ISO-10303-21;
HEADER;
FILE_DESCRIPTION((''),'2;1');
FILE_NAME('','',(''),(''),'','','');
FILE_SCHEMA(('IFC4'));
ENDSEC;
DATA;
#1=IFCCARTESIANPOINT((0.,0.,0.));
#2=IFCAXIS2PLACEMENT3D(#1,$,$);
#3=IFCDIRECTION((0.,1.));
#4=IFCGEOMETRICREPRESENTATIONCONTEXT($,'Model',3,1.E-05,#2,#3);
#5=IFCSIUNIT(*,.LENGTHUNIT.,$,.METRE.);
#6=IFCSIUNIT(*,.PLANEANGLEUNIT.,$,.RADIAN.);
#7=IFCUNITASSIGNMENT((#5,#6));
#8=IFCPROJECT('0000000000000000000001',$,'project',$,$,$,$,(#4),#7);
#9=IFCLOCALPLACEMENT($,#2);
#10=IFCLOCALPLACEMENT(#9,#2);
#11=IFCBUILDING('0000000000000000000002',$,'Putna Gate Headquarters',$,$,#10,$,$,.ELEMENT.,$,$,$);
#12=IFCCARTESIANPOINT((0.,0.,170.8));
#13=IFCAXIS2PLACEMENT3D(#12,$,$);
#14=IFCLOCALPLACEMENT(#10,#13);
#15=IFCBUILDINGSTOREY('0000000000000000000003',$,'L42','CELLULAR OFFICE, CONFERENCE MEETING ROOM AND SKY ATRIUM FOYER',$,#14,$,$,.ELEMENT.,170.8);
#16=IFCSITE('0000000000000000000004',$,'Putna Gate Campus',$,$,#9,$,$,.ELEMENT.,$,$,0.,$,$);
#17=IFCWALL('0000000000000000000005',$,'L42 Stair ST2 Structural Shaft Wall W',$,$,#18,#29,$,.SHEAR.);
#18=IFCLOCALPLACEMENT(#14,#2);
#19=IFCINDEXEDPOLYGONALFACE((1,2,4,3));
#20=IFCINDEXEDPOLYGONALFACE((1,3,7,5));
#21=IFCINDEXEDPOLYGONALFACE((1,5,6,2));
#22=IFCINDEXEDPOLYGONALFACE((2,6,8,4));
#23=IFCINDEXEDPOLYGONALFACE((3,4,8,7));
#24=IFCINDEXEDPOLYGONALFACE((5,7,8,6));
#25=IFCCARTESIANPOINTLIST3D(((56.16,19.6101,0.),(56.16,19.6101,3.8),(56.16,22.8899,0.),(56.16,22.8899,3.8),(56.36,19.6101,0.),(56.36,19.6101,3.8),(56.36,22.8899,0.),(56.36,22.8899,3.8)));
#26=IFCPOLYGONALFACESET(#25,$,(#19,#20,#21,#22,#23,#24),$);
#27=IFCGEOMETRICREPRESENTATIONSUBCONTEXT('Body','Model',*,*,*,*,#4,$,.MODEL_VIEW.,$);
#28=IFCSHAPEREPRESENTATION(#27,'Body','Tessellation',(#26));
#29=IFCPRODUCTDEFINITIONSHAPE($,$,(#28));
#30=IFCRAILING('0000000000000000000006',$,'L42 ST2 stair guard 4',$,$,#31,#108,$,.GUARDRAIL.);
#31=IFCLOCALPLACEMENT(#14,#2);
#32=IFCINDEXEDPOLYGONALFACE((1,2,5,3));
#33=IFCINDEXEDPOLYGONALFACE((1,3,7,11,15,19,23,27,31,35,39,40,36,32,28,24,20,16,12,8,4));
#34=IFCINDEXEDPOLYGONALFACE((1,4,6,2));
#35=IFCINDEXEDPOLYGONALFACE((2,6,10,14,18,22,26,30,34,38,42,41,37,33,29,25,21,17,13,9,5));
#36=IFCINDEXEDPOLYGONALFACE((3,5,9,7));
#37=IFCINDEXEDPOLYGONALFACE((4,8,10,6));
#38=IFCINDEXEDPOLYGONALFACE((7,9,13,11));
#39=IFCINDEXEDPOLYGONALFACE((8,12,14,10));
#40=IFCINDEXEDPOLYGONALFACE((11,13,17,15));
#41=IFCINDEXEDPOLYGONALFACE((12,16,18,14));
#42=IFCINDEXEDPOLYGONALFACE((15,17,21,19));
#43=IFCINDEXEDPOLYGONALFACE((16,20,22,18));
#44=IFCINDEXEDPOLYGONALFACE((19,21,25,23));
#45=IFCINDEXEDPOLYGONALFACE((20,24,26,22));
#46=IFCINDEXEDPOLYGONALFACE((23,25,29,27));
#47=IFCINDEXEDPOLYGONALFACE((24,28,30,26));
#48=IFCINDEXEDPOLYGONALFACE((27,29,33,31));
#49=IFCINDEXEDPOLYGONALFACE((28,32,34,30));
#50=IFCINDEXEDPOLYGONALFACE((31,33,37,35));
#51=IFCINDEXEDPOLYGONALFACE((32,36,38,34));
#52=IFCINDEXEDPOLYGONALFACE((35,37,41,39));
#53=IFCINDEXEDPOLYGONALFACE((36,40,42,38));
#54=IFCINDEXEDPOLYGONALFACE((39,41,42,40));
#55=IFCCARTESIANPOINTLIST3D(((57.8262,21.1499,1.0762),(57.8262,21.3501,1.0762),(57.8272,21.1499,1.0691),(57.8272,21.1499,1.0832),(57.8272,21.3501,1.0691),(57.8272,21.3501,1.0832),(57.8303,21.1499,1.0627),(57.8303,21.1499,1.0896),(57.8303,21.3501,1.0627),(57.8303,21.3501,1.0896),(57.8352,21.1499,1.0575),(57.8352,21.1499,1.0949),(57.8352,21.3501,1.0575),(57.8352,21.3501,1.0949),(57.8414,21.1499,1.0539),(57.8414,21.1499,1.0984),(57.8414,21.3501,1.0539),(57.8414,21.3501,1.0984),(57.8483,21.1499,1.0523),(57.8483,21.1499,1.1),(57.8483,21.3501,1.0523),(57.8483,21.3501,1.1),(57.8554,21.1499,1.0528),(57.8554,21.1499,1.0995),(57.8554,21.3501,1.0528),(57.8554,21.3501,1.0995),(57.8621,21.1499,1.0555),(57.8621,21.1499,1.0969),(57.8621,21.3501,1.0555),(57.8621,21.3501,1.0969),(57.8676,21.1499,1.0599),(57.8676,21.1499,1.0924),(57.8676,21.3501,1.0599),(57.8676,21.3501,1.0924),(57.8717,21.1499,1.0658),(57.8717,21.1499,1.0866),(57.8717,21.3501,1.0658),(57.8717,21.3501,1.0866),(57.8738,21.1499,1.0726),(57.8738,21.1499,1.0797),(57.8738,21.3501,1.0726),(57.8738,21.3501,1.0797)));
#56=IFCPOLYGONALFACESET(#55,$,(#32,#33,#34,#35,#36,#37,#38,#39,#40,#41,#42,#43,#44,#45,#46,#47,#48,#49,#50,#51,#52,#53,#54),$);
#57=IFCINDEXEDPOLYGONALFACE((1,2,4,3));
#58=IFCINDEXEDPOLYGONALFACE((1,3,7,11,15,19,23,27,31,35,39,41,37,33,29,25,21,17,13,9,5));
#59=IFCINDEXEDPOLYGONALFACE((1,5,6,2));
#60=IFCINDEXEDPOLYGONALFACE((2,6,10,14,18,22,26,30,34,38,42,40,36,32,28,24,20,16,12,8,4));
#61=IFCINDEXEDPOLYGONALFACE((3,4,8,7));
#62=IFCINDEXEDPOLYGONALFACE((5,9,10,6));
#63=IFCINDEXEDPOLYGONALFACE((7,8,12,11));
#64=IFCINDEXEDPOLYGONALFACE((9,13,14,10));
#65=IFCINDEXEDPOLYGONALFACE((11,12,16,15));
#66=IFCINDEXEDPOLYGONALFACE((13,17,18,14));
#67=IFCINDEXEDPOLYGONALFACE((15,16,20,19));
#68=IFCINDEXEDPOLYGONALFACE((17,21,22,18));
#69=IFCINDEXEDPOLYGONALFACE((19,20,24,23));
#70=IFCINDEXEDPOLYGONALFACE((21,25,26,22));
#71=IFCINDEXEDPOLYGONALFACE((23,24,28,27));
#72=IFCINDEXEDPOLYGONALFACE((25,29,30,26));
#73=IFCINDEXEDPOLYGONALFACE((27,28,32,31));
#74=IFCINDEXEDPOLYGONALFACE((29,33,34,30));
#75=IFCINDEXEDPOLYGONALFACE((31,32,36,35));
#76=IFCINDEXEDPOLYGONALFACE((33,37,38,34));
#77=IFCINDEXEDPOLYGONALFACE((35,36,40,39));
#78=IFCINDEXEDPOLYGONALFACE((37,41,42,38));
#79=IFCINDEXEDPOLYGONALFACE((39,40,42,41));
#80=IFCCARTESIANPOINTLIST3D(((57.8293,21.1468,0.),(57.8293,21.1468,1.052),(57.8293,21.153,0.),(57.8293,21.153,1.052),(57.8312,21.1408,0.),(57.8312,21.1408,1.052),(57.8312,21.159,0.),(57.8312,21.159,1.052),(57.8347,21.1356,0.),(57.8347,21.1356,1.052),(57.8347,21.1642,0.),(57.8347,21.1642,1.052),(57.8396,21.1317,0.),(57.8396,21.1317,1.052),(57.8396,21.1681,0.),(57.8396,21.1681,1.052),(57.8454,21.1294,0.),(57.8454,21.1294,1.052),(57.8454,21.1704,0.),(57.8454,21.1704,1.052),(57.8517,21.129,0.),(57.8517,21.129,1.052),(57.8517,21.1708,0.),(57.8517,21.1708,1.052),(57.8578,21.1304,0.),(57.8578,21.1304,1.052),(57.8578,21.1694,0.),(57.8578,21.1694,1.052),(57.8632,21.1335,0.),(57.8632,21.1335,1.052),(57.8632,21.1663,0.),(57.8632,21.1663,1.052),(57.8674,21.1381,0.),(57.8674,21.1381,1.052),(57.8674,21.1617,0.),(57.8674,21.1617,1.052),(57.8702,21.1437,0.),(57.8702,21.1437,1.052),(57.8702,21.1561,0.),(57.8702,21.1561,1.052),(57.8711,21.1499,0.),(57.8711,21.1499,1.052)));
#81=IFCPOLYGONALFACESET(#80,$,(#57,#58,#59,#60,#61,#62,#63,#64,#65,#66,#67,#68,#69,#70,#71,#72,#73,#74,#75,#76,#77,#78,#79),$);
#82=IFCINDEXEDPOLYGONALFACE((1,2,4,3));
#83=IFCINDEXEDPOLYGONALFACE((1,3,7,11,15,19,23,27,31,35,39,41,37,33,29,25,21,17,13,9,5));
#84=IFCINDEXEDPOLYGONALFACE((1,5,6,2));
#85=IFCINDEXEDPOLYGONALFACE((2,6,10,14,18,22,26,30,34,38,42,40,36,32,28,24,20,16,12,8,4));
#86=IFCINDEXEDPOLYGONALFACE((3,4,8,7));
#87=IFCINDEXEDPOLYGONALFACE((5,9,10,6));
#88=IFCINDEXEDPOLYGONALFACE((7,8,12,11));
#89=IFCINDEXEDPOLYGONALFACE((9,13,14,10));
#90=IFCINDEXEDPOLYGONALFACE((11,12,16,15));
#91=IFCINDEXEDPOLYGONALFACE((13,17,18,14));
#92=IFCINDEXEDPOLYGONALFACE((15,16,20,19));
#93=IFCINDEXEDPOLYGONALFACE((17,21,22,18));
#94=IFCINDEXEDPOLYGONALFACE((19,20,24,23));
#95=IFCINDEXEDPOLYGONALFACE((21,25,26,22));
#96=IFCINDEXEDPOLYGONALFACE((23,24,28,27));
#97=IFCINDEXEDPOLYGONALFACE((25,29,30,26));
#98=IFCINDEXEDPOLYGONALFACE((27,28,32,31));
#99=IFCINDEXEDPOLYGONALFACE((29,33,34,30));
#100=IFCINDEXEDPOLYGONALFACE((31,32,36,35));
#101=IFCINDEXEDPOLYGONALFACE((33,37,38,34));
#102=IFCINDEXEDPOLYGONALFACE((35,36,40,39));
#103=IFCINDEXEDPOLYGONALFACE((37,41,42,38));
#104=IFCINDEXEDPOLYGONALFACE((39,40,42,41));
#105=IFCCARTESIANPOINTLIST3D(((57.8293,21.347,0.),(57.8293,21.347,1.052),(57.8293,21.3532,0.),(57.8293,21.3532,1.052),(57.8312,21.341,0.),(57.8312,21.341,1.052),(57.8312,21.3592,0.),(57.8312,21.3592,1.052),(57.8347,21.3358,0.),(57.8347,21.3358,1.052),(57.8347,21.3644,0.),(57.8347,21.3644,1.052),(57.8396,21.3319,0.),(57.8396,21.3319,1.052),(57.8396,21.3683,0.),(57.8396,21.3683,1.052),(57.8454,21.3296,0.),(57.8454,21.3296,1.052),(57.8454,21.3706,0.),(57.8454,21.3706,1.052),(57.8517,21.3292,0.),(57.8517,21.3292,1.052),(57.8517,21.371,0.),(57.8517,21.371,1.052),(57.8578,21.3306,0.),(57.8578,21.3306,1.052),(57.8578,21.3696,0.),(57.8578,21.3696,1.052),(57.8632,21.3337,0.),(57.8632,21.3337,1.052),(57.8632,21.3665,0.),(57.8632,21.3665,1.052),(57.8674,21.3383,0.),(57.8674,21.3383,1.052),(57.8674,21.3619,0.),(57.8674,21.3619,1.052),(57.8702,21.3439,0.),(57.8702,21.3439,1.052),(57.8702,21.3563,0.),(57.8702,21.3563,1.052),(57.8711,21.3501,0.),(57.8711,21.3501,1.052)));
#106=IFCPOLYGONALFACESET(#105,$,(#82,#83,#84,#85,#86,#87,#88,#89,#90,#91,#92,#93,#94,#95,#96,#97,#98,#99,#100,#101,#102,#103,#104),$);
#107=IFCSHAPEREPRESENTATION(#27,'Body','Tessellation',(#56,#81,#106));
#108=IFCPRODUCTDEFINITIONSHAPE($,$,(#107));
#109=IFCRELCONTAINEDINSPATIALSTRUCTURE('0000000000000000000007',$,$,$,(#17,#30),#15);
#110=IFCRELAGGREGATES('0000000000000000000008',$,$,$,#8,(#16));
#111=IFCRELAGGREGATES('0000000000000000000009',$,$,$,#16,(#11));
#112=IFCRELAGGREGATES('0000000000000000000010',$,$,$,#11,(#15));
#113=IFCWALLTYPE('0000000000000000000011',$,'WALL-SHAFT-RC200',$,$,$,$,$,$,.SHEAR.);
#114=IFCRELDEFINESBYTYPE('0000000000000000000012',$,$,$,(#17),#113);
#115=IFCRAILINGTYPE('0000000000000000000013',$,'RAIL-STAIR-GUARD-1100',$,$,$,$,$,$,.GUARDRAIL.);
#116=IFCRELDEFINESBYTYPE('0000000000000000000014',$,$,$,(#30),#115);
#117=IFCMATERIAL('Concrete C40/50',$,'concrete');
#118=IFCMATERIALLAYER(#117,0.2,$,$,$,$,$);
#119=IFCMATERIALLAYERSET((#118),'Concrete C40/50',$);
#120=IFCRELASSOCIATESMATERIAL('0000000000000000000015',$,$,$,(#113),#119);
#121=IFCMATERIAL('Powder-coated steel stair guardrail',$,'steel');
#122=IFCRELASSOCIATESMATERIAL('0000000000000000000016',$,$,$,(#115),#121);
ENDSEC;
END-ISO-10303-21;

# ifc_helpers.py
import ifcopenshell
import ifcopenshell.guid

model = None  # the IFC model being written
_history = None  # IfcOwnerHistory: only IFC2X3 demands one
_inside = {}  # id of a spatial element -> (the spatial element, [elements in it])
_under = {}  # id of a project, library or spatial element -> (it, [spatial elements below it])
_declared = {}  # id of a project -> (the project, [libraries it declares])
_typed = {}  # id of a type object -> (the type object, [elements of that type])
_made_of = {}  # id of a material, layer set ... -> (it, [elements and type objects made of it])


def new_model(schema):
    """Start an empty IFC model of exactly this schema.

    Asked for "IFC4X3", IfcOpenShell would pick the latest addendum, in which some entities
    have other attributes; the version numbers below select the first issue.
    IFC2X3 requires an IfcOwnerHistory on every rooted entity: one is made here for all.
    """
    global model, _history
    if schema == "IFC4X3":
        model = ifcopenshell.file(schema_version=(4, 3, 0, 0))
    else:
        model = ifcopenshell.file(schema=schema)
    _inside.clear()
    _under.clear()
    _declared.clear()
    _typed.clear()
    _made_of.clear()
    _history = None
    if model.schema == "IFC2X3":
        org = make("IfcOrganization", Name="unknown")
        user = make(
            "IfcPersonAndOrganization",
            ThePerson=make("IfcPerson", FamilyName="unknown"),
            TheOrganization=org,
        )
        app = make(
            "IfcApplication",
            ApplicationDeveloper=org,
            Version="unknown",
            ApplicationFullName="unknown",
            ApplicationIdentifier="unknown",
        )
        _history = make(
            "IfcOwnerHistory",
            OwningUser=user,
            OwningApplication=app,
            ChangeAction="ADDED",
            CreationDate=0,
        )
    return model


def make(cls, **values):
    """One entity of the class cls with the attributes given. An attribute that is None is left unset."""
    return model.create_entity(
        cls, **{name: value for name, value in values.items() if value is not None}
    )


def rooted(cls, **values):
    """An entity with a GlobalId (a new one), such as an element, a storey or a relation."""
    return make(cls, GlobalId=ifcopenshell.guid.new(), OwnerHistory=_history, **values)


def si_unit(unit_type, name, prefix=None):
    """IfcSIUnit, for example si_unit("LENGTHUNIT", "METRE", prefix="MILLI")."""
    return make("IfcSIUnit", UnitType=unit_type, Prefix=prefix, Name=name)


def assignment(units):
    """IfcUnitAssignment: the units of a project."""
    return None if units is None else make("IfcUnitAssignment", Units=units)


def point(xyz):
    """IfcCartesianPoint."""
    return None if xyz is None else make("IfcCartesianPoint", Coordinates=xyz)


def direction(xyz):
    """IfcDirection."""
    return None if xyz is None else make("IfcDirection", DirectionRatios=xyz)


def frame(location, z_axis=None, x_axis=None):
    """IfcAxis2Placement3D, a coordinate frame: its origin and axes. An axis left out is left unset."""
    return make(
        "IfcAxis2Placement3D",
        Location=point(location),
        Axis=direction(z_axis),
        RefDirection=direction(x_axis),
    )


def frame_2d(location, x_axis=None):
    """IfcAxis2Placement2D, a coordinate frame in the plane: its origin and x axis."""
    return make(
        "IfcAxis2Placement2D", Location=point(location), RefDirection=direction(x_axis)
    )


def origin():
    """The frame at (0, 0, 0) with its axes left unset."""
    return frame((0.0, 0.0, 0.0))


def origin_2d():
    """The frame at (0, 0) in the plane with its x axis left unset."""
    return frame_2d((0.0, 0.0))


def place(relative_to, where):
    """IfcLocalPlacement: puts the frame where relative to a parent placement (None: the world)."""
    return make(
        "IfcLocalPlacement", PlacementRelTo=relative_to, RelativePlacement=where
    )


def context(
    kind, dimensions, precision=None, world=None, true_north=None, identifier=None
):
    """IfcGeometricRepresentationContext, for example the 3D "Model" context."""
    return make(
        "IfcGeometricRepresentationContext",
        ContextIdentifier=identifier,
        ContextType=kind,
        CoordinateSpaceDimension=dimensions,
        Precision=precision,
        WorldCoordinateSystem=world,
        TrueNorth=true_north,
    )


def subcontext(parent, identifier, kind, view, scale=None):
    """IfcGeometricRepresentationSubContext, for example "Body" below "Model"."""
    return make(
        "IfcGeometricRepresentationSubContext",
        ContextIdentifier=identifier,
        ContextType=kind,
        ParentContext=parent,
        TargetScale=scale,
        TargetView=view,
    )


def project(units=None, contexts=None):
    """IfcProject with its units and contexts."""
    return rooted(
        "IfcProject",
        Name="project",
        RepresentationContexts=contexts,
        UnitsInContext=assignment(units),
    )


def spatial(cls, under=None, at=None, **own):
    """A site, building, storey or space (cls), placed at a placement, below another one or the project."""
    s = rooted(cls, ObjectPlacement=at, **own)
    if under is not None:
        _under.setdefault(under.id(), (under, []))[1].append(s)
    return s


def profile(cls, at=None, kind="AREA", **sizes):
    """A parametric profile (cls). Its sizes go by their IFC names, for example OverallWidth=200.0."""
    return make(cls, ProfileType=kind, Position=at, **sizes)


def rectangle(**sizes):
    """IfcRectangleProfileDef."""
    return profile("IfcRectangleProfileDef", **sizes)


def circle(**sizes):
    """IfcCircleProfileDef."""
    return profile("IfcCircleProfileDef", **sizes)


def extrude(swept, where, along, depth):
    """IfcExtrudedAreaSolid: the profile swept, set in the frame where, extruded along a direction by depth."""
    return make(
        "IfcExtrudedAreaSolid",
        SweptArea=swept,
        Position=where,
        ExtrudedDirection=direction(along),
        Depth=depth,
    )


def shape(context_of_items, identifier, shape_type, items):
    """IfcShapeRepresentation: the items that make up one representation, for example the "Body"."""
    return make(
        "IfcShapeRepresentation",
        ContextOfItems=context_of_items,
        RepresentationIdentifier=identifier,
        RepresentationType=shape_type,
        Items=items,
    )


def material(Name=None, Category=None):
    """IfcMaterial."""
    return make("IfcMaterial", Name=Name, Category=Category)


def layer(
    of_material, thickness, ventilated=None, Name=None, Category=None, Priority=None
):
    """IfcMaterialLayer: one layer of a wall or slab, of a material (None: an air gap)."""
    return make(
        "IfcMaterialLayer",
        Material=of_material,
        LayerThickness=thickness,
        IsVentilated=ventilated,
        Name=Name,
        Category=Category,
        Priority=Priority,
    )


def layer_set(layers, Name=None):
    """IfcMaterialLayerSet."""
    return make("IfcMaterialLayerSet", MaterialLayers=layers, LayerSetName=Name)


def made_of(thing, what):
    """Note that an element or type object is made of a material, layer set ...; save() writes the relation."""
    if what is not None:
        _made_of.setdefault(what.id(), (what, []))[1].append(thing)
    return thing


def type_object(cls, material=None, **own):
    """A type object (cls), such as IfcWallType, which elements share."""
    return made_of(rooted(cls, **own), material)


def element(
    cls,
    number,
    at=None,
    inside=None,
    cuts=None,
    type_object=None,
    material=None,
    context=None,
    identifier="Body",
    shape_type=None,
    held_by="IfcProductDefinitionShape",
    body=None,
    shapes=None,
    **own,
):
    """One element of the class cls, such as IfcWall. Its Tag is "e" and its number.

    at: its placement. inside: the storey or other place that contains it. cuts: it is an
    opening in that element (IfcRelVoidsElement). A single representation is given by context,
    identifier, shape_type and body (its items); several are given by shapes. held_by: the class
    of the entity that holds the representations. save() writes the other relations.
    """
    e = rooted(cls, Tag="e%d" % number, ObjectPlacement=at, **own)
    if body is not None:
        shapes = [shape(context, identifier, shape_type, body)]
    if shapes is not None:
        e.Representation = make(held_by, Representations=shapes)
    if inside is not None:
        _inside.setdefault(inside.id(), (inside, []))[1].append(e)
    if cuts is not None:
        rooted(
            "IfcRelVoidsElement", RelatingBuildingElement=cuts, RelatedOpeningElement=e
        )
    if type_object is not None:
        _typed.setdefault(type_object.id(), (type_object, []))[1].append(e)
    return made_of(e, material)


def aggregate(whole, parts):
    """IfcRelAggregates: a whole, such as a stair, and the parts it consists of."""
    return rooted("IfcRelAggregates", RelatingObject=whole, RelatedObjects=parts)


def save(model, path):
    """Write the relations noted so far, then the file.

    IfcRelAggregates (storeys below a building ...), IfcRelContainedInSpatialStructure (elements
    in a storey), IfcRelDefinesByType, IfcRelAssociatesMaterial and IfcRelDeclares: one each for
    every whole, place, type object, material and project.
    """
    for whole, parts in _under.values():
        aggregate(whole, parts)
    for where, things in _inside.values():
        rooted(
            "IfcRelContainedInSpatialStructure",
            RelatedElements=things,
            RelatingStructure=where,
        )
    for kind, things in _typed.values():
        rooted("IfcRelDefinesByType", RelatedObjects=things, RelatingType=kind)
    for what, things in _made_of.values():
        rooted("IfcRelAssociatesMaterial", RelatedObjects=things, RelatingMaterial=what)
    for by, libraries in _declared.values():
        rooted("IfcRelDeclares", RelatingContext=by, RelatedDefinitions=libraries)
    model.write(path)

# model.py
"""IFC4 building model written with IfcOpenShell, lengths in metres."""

from ifc_helpers import new_model, si_unit, direction, frame, frame_2d, origin, origin_2d, place, context, subcontext, project, spatial, rectangle, circle, extrude, material, layer, layer_set, type_object, element, save


model = new_model("IFC4")

# Units and contexts
model_context = context("Model", 3, precision=1e-05, world=origin(), true_north=direction((0.0, 1.0)))
body_context = subcontext(model_context, "Body", "Model", "MODEL_VIEW")
ifc_project = project(units=[si_unit("LENGTHUNIT", "METRE"), si_unit("PLANEANGLEUNIT", "RADIAN")], contexts=[model_context])

# Site, building, storey
site_placement = place(None, origin())
site = spatial("IfcSite", under=ifc_project, at=site_placement, Name="Putna Gate Campus", CompositionType="ELEMENT", RefElevation=0.0)
building_placement = place(site_placement, origin())
building = spatial("IfcBuilding", under=site, at=building_placement, Name="Putna Gate Headquarters", CompositionType="ELEMENT")
storey_placement = place(building_placement, frame((0.0, 0.0, 170.8)))
storey = spatial("IfcBuildingStorey", under=building, at=storey_placement, Name="L42", Description="CELLULAR OFFICE, CONFERENCE MEETING ROOM AND SKY ATRIUM FOYER", CompositionType="ELEMENT", Elevation=170.8)

# Shared definitions
ifc_material_1 = material(Name="Concrete C40/50", Category="concrete")

# Shared definitions
ifc_layer_1 = layer(ifc_material_1, 0.2)
ifc_layer_set_1 = layer_set([ifc_layer_1], Name="Concrete C40/50")
wall_type_1 = type_object("IfcWallType", Name="WALL-SHAFT-RC200", PredefinedType="SHEAR", material=ifc_layer_set_1)

# Wall
wall_1_placement = place(storey_placement, frame((56.26, 19.6101, 0.0), z_axis=(0.0, 0.0, 1.0), x_axis=(0.0, 1.0, 0.0)))
element("IfcWall", 1, at=wall_1_placement, inside=storey, type_object=wall_type_1, Name="L42 Stair ST2 Structural Shaft Wall W", PredefinedType="SHEAR", context=body_context, shape_type="SweptSolid", body=[
    extrude(rectangle(XDim=3.2798, YDim=0.2, at=frame_2d((1.6399, 0.0))), origin(), (0.0, 0.0, 1.0), 3.8),
])

# Railing
ifc_material_2 = material(Name="Powder-coated steel stair guardrail", Category="steel")
railing_type = type_object("IfcRailingType", Name="RAIL-STAIR-GUARD-1100", PredefinedType="GUARDRAIL", material=ifc_material_2)
railing_placement = place(storey_placement, frame((57.8501, 21.1499, 0.0)))
element("IfcRailing", 2, at=railing_placement, inside=storey, type_object=railing_type, Name="L42 ST2 stair guard 4", PredefinedType="GUARDRAIL", context=body_context, shape_type="SweptSolid", body=[
    extrude(circle(Radius=0.0239, at=origin_2d()), frame((0.0, 0.0, 1.0762), z_axis=(0.0, 1.0, 0.0), x_axis=(-1.0, 0.0, 0.0)), (0.0, 0.0, 1.0), 0.2002),
    extrude(circle(Radius=0.021, at=origin_2d()), origin(), (0.0, 0.0, 1.0), 1.052),
    extrude(circle(Radius=0.021, at=origin_2d()), frame((0.0, 0.2002, 0.0)), (0.0, 0.0, 1.0), 1.052),
])

save(model, "model.ifc")
